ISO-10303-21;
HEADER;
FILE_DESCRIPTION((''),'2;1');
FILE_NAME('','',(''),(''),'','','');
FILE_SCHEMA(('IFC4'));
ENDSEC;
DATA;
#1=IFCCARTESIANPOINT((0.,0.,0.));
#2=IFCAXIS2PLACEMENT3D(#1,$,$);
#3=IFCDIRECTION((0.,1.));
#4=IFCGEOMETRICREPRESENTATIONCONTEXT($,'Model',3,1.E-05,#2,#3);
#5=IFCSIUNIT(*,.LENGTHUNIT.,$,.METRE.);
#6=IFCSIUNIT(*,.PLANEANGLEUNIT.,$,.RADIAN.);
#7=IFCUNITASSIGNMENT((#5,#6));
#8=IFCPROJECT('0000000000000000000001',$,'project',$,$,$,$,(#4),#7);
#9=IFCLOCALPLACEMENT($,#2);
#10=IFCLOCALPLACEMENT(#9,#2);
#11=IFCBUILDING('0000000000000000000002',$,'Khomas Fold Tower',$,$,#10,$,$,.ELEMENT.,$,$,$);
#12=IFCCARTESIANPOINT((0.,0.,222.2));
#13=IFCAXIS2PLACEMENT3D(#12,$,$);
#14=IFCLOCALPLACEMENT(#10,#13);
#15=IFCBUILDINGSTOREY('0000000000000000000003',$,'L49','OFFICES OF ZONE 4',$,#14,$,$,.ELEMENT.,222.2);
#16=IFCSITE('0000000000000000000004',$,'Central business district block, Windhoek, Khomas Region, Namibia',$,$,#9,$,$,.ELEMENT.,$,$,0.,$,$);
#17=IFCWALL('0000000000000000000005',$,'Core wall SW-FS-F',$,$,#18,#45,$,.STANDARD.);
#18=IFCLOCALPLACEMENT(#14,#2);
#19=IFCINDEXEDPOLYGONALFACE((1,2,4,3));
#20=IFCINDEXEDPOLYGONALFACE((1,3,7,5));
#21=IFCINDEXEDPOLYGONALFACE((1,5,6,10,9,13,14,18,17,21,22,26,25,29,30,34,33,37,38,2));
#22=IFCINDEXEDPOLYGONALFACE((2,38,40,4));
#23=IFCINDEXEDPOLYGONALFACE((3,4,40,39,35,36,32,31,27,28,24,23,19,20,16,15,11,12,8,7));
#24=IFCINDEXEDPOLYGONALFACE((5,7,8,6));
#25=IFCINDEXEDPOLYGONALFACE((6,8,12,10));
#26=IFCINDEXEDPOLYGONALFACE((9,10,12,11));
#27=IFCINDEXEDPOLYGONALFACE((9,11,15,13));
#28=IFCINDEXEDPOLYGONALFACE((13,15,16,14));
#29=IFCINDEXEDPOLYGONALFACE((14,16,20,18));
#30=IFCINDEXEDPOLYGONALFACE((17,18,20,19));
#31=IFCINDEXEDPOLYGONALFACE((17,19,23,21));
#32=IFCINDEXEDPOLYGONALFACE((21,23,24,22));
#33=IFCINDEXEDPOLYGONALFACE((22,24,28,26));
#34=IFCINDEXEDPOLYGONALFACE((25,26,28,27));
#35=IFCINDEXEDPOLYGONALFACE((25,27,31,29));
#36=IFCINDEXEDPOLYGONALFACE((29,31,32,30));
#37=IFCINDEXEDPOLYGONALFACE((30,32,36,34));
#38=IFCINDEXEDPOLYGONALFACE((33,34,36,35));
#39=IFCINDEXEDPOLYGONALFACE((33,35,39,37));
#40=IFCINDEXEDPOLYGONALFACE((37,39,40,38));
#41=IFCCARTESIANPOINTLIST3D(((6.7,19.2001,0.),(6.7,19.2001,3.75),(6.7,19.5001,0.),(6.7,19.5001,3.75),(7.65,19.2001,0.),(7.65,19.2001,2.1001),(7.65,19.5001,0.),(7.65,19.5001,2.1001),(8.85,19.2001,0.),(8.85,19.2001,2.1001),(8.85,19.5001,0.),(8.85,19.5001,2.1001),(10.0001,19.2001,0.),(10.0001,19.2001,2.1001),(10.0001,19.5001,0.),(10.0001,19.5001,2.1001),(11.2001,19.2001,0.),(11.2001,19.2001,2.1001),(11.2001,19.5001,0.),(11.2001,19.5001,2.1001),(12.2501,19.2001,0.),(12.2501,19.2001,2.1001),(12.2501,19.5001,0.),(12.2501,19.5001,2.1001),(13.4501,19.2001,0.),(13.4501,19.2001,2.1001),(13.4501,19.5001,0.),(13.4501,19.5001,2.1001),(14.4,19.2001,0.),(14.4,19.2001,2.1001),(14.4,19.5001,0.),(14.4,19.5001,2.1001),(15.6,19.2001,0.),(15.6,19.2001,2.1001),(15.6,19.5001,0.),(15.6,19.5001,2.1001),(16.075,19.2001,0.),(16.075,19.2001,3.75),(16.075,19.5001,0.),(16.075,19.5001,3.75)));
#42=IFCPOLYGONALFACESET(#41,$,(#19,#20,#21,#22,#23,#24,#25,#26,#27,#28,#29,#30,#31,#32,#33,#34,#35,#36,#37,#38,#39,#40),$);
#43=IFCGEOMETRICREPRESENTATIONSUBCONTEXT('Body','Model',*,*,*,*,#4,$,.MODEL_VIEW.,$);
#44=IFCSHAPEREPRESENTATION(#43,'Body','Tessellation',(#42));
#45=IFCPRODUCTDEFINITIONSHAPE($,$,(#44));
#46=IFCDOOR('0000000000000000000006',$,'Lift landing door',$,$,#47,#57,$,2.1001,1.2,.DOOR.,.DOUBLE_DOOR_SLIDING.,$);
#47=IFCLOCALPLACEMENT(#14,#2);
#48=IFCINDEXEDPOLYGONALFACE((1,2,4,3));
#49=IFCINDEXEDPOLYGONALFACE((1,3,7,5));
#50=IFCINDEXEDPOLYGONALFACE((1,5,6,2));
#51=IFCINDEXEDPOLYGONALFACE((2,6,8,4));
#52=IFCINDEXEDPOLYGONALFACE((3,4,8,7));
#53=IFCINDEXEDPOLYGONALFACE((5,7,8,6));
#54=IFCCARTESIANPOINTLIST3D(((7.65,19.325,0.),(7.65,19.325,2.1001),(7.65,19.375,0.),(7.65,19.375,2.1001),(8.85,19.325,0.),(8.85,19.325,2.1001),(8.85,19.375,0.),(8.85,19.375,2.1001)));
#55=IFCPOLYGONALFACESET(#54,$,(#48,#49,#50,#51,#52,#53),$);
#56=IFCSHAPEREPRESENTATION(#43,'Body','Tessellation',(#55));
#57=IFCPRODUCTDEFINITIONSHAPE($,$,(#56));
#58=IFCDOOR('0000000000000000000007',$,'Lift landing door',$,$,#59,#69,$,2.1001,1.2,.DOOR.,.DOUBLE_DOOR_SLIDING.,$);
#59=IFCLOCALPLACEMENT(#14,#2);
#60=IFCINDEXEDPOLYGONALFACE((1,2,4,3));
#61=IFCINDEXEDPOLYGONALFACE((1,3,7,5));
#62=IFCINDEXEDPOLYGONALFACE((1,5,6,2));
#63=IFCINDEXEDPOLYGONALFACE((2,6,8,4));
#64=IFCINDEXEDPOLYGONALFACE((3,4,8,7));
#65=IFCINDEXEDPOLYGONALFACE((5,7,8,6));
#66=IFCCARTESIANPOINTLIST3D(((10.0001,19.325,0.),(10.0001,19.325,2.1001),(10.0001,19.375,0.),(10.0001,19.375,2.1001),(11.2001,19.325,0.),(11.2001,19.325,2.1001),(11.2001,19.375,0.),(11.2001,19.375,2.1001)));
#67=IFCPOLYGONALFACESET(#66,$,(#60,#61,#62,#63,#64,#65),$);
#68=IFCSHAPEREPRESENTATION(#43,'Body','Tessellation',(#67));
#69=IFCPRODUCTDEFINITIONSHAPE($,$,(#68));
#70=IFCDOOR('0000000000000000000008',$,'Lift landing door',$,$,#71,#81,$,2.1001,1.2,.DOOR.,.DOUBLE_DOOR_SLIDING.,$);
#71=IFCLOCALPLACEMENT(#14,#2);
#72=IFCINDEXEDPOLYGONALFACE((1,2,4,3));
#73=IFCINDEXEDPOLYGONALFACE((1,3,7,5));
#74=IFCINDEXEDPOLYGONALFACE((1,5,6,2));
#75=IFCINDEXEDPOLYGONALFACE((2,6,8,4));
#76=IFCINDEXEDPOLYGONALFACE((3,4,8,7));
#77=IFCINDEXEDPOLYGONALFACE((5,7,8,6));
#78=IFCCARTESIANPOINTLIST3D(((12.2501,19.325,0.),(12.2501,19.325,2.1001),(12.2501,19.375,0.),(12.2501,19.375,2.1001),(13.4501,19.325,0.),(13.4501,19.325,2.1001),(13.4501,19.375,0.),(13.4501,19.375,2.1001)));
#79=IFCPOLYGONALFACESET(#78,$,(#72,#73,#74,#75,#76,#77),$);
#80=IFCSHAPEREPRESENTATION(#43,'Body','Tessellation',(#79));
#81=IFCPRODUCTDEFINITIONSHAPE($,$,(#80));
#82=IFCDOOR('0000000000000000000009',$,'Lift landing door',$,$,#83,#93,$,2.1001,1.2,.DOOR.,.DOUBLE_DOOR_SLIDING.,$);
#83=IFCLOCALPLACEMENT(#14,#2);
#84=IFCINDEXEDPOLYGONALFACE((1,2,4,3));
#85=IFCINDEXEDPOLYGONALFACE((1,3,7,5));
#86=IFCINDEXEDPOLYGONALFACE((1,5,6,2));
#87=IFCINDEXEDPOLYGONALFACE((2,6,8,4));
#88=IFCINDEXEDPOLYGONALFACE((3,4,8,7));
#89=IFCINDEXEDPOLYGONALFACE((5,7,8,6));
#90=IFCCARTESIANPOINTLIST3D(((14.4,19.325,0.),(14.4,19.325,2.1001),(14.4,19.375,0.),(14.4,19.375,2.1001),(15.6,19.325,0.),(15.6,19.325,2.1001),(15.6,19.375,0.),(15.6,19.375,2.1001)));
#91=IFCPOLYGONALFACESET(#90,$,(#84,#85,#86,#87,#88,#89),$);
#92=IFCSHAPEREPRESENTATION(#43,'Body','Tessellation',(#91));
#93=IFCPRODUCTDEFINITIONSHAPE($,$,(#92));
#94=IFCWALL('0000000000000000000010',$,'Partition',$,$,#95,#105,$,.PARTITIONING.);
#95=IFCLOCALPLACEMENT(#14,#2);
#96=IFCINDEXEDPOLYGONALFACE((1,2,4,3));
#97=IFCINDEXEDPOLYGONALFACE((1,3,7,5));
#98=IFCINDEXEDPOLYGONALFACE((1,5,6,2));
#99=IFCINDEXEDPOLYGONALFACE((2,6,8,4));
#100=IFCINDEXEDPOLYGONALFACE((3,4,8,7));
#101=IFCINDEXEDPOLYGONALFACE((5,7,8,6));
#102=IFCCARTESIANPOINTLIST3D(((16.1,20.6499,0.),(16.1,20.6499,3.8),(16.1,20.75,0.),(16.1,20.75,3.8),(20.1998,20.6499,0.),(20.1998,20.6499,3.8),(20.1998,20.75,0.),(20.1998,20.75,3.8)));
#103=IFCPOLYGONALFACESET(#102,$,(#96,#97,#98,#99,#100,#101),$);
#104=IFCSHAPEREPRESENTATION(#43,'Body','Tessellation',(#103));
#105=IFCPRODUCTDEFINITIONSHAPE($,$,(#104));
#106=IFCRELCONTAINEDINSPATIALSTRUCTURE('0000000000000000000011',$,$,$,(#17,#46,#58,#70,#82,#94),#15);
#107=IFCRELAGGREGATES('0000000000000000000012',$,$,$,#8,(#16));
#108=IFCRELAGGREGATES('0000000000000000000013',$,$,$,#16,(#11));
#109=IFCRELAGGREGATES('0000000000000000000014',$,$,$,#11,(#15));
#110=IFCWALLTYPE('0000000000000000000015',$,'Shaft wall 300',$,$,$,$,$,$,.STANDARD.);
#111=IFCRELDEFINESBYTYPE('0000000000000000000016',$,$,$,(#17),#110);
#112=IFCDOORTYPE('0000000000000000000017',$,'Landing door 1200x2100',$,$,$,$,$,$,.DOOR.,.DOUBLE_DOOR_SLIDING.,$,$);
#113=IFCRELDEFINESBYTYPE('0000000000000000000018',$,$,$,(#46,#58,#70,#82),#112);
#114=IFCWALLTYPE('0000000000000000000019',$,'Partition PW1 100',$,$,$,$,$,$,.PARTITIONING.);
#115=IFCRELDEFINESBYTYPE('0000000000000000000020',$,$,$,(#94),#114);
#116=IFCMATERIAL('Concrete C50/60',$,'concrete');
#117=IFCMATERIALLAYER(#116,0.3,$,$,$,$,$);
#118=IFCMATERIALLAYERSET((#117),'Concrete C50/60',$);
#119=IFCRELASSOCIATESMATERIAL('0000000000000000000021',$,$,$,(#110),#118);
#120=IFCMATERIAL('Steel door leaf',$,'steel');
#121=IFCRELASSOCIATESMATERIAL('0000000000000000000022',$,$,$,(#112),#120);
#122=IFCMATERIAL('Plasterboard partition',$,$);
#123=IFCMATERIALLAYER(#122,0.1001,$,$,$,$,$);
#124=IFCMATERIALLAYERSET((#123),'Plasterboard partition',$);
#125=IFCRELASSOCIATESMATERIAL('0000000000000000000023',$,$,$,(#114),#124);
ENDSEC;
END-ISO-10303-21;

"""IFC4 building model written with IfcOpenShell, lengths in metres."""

from ifc_helpers import new_model, si_unit, direction, frame, frame_2d, origin, place, context, subcontext, project, spatial, rectangle, extrude, source, transform, mapped, material, layer, layer_set, type_object, element, fill, save


model = new_model("IFC4")

# Units and contexts
model_context = context("Model", 3, precision=1e-05, world=origin(), true_north=direction((0.0, 1.0)))
body_context = subcontext(model_context, "Body", "Model", "MODEL_VIEW")
ifc_project = project(units=[si_unit("LENGTHUNIT", "METRE"), si_unit("PLANEANGLEUNIT", "RADIAN")], contexts=[model_context])

# Site, building, storey
site_placement = place(None, origin())
site = spatial("IfcSite", under=ifc_project, at=site_placement, Name="Central business district block, Windhoek, Khomas Region, Namibia", CompositionType="ELEMENT", RefElevation=0.0)
building_placement = place(site_placement, origin())
building = spatial("IfcBuilding", under=site, at=building_placement, Name="Khomas Fold Tower", CompositionType="ELEMENT")
storey_placement = place(building_placement, frame((0.0, 0.0, 222.2)))
storey = spatial("IfcBuildingStorey", under=building, at=storey_placement, Name="L49", Description="OFFICES OF ZONE 4", CompositionType="ELEMENT", Elevation=222.2)

# Shared definitions
ifc_material_1 = material(Name="Concrete C50/60", Category="concrete")
ifc_layer_1 = layer(ifc_material_1, 0.3)
ifc_layer_set_1 = layer_set([ifc_layer_1], Name="Concrete C50/60")
wall_type_1 = type_object("IfcWallType", Name="Shaft wall 300", PredefinedType="STANDARD", material=ifc_layer_set_1)

# Wall, openings, doors
shared_shape_1 = source(origin(), body_context, "Body", "SweptSolid", [
    extrude(rectangle(XDim=1.2, YDim=2.1001, at=frame_2d((0.6001, 1.05))), frame((0.0, 0.1599, 0.0), z_axis=(0.0, -1.0, 0.0), x_axis=(1.0, 0.0, 0.0)), (0.0, 0.0, 1.0), 0.3201),
])
ifc_material_2 = material(Name="Steel door leaf", Category="steel")
door_type = type_object("IfcDoorType", Name="Landing door 1200x2100", OperationType="DOUBLE_DOOR_SLIDING", PredefinedType="DOOR", material=ifc_material_2)
shared_shape_2 = source(origin(), body_context, "Body", "SweptSolid", [
    extrude(rectangle(XDim=1.2, YDim=2.1001, at=frame_2d((0.6001, 1.05))), frame((0.0, 0.0249, 0.0), z_axis=(0.0, -1.0, 0.0), x_axis=(1.0, 0.0, 0.0)), (0.0, 0.0, 1.0), 0.05),
])
shared_shape_3 = source(origin(), body_context, "Body", "SweptSolid", [
    extrude(rectangle(XDim=9.375, YDim=0.3, at=frame_2d((4.6875, 0.0))), origin(), (0.0, 0.0, 1.0), 3.75),
])
wall_1_placement = place(storey_placement, frame((6.7, 19.3501, 0.0), z_axis=(0.0, 0.0, 1.0), x_axis=(1.0, 0.0, 0.0)))
wall_1 = element("IfcWall", 1, at=wall_1_placement, inside=storey, type_object=wall_type_1, Name="Core wall SW-FS-F", PredefinedType="STANDARD", context=body_context, shape_type="MappedRepresentation", body=[
    mapped(shared_shape_3, transform((0.0, 0.0, 0.0))),
])
opening_1_placement = place(wall_1_placement, frame((0.95, 0.0, 0.0)))
opening_1 = element("IfcOpeningElement", 2, at=opening_1_placement, cuts=wall_1, PredefinedType="OPENING", context=body_context, shape_type="MappedRepresentation", body=[
    mapped(shared_shape_1, transform((0.0, 0.0, 0.0))),
])
opening_2_placement = place(wall_1_placement, frame((3.3, 0.0, 0.0)))
opening_2 = element("IfcOpeningElement", 3, at=opening_2_placement, cuts=wall_1, PredefinedType="OPENING", context=body_context, shape_type="MappedRepresentation", body=[
    mapped(shared_shape_1, transform((0.0, 0.0, 0.0))),
])
opening_3_placement = place(wall_1_placement, frame((5.55, 0.0, 0.0)))
opening_3 = element("IfcOpeningElement", 4, at=opening_3_placement, cuts=wall_1, PredefinedType="OPENING", context=body_context, shape_type="MappedRepresentation", body=[
    mapped(shared_shape_1, transform((0.0, 0.0, 0.0))),
])
opening_4_placement = place(wall_1_placement, frame((7.7, 0.0, 0.0)))
opening_4 = element("IfcOpeningElement", 5, at=opening_4_placement, cuts=wall_1, PredefinedType="OPENING", context=body_context, shape_type="MappedRepresentation", body=[
    mapped(shared_shape_1, transform((0.0, 0.0, 0.0))),
])
door_1_placement = place(opening_1_placement, origin())
door_1 = element("IfcDoor", 6, at=door_1_placement, inside=storey, type_object=door_type, Name="Lift landing door", OperationType="DOUBLE_DOOR_SLIDING", OverallHeight=2.1001, OverallWidth=1.2, PredefinedType="DOOR", context=body_context, shape_type="MappedRepresentation", body=[
    mapped(shared_shape_2, transform((0.0, 0.0, 0.0))),
])
fill(opening_1, door_1)
door_2_placement = place(opening_2_placement, origin())
door_2 = element("IfcDoor", 7, at=door_2_placement, inside=storey, type_object=door_type, Name="Lift landing door", OperationType="DOUBLE_DOOR_SLIDING", OverallHeight=2.1001, OverallWidth=1.2, PredefinedType="DOOR", context=body_context, shape_type="MappedRepresentation", body=[
    mapped(shared_shape_2, transform((0.0, 0.0, 0.0))),
])
fill(opening_2, door_2)
door_3_placement = place(opening_3_placement, origin())
door_3 = element("IfcDoor", 8, at=door_3_placement, inside=storey, type_object=door_type, Name="Lift landing door", OperationType="DOUBLE_DOOR_SLIDING", OverallHeight=2.1001, OverallWidth=1.2, PredefinedType="DOOR", context=body_context, shape_type="MappedRepresentation", body=[
    mapped(shared_shape_2, transform((0.0, 0.0, 0.0))),
])
fill(opening_3, door_3)
door_4_placement = place(opening_4_placement, origin())
door_4 = element("IfcDoor", 9, at=door_4_placement, inside=storey, type_object=door_type, Name="Lift landing door", OperationType="DOUBLE_DOOR_SLIDING", OverallHeight=2.1001, OverallWidth=1.2, PredefinedType="DOOR", context=body_context, shape_type="MappedRepresentation", body=[
    mapped(shared_shape_2, transform((0.0, 0.0, 0.0))),
])
fill(opening_4, door_4)

# Wall
ifc_material_3 = material(Name="Plasterboard partition")
ifc_layer_2 = layer(ifc_material_3, 0.1001)
ifc_layer_set_2 = layer_set([ifc_layer_2], Name="Plasterboard partition")
wall_type_2 = type_object("IfcWallType", Name="Partition PW1 100", PredefinedType="PARTITIONING", material=ifc_layer_set_2)
shared_shape_4 = source(origin(), body_context, "Body", "SweptSolid", [
    extrude(rectangle(XDim=4.0999, YDim=0.1001, at=frame_2d((2.0498, 0.0))), origin(), (0.0, 0.0, 1.0), 3.8),
])
wall_2_placement = place(storey_placement, frame((16.1001, 20.7, 0.0), z_axis=(0.0, 0.0, 1.0), x_axis=(1.0, 0.0, 0.0)))
element("IfcWall", 10, at=wall_2_placement, inside=storey, type_object=wall_type_2, Name="Partition", PredefinedType="PARTITIONING", context=body_context, shape_type="MappedRepresentation", body=[
    mapped(shared_shape_4, transform((0.0, 0.0, 0.0))),
])

save(model, "model.ifc")
